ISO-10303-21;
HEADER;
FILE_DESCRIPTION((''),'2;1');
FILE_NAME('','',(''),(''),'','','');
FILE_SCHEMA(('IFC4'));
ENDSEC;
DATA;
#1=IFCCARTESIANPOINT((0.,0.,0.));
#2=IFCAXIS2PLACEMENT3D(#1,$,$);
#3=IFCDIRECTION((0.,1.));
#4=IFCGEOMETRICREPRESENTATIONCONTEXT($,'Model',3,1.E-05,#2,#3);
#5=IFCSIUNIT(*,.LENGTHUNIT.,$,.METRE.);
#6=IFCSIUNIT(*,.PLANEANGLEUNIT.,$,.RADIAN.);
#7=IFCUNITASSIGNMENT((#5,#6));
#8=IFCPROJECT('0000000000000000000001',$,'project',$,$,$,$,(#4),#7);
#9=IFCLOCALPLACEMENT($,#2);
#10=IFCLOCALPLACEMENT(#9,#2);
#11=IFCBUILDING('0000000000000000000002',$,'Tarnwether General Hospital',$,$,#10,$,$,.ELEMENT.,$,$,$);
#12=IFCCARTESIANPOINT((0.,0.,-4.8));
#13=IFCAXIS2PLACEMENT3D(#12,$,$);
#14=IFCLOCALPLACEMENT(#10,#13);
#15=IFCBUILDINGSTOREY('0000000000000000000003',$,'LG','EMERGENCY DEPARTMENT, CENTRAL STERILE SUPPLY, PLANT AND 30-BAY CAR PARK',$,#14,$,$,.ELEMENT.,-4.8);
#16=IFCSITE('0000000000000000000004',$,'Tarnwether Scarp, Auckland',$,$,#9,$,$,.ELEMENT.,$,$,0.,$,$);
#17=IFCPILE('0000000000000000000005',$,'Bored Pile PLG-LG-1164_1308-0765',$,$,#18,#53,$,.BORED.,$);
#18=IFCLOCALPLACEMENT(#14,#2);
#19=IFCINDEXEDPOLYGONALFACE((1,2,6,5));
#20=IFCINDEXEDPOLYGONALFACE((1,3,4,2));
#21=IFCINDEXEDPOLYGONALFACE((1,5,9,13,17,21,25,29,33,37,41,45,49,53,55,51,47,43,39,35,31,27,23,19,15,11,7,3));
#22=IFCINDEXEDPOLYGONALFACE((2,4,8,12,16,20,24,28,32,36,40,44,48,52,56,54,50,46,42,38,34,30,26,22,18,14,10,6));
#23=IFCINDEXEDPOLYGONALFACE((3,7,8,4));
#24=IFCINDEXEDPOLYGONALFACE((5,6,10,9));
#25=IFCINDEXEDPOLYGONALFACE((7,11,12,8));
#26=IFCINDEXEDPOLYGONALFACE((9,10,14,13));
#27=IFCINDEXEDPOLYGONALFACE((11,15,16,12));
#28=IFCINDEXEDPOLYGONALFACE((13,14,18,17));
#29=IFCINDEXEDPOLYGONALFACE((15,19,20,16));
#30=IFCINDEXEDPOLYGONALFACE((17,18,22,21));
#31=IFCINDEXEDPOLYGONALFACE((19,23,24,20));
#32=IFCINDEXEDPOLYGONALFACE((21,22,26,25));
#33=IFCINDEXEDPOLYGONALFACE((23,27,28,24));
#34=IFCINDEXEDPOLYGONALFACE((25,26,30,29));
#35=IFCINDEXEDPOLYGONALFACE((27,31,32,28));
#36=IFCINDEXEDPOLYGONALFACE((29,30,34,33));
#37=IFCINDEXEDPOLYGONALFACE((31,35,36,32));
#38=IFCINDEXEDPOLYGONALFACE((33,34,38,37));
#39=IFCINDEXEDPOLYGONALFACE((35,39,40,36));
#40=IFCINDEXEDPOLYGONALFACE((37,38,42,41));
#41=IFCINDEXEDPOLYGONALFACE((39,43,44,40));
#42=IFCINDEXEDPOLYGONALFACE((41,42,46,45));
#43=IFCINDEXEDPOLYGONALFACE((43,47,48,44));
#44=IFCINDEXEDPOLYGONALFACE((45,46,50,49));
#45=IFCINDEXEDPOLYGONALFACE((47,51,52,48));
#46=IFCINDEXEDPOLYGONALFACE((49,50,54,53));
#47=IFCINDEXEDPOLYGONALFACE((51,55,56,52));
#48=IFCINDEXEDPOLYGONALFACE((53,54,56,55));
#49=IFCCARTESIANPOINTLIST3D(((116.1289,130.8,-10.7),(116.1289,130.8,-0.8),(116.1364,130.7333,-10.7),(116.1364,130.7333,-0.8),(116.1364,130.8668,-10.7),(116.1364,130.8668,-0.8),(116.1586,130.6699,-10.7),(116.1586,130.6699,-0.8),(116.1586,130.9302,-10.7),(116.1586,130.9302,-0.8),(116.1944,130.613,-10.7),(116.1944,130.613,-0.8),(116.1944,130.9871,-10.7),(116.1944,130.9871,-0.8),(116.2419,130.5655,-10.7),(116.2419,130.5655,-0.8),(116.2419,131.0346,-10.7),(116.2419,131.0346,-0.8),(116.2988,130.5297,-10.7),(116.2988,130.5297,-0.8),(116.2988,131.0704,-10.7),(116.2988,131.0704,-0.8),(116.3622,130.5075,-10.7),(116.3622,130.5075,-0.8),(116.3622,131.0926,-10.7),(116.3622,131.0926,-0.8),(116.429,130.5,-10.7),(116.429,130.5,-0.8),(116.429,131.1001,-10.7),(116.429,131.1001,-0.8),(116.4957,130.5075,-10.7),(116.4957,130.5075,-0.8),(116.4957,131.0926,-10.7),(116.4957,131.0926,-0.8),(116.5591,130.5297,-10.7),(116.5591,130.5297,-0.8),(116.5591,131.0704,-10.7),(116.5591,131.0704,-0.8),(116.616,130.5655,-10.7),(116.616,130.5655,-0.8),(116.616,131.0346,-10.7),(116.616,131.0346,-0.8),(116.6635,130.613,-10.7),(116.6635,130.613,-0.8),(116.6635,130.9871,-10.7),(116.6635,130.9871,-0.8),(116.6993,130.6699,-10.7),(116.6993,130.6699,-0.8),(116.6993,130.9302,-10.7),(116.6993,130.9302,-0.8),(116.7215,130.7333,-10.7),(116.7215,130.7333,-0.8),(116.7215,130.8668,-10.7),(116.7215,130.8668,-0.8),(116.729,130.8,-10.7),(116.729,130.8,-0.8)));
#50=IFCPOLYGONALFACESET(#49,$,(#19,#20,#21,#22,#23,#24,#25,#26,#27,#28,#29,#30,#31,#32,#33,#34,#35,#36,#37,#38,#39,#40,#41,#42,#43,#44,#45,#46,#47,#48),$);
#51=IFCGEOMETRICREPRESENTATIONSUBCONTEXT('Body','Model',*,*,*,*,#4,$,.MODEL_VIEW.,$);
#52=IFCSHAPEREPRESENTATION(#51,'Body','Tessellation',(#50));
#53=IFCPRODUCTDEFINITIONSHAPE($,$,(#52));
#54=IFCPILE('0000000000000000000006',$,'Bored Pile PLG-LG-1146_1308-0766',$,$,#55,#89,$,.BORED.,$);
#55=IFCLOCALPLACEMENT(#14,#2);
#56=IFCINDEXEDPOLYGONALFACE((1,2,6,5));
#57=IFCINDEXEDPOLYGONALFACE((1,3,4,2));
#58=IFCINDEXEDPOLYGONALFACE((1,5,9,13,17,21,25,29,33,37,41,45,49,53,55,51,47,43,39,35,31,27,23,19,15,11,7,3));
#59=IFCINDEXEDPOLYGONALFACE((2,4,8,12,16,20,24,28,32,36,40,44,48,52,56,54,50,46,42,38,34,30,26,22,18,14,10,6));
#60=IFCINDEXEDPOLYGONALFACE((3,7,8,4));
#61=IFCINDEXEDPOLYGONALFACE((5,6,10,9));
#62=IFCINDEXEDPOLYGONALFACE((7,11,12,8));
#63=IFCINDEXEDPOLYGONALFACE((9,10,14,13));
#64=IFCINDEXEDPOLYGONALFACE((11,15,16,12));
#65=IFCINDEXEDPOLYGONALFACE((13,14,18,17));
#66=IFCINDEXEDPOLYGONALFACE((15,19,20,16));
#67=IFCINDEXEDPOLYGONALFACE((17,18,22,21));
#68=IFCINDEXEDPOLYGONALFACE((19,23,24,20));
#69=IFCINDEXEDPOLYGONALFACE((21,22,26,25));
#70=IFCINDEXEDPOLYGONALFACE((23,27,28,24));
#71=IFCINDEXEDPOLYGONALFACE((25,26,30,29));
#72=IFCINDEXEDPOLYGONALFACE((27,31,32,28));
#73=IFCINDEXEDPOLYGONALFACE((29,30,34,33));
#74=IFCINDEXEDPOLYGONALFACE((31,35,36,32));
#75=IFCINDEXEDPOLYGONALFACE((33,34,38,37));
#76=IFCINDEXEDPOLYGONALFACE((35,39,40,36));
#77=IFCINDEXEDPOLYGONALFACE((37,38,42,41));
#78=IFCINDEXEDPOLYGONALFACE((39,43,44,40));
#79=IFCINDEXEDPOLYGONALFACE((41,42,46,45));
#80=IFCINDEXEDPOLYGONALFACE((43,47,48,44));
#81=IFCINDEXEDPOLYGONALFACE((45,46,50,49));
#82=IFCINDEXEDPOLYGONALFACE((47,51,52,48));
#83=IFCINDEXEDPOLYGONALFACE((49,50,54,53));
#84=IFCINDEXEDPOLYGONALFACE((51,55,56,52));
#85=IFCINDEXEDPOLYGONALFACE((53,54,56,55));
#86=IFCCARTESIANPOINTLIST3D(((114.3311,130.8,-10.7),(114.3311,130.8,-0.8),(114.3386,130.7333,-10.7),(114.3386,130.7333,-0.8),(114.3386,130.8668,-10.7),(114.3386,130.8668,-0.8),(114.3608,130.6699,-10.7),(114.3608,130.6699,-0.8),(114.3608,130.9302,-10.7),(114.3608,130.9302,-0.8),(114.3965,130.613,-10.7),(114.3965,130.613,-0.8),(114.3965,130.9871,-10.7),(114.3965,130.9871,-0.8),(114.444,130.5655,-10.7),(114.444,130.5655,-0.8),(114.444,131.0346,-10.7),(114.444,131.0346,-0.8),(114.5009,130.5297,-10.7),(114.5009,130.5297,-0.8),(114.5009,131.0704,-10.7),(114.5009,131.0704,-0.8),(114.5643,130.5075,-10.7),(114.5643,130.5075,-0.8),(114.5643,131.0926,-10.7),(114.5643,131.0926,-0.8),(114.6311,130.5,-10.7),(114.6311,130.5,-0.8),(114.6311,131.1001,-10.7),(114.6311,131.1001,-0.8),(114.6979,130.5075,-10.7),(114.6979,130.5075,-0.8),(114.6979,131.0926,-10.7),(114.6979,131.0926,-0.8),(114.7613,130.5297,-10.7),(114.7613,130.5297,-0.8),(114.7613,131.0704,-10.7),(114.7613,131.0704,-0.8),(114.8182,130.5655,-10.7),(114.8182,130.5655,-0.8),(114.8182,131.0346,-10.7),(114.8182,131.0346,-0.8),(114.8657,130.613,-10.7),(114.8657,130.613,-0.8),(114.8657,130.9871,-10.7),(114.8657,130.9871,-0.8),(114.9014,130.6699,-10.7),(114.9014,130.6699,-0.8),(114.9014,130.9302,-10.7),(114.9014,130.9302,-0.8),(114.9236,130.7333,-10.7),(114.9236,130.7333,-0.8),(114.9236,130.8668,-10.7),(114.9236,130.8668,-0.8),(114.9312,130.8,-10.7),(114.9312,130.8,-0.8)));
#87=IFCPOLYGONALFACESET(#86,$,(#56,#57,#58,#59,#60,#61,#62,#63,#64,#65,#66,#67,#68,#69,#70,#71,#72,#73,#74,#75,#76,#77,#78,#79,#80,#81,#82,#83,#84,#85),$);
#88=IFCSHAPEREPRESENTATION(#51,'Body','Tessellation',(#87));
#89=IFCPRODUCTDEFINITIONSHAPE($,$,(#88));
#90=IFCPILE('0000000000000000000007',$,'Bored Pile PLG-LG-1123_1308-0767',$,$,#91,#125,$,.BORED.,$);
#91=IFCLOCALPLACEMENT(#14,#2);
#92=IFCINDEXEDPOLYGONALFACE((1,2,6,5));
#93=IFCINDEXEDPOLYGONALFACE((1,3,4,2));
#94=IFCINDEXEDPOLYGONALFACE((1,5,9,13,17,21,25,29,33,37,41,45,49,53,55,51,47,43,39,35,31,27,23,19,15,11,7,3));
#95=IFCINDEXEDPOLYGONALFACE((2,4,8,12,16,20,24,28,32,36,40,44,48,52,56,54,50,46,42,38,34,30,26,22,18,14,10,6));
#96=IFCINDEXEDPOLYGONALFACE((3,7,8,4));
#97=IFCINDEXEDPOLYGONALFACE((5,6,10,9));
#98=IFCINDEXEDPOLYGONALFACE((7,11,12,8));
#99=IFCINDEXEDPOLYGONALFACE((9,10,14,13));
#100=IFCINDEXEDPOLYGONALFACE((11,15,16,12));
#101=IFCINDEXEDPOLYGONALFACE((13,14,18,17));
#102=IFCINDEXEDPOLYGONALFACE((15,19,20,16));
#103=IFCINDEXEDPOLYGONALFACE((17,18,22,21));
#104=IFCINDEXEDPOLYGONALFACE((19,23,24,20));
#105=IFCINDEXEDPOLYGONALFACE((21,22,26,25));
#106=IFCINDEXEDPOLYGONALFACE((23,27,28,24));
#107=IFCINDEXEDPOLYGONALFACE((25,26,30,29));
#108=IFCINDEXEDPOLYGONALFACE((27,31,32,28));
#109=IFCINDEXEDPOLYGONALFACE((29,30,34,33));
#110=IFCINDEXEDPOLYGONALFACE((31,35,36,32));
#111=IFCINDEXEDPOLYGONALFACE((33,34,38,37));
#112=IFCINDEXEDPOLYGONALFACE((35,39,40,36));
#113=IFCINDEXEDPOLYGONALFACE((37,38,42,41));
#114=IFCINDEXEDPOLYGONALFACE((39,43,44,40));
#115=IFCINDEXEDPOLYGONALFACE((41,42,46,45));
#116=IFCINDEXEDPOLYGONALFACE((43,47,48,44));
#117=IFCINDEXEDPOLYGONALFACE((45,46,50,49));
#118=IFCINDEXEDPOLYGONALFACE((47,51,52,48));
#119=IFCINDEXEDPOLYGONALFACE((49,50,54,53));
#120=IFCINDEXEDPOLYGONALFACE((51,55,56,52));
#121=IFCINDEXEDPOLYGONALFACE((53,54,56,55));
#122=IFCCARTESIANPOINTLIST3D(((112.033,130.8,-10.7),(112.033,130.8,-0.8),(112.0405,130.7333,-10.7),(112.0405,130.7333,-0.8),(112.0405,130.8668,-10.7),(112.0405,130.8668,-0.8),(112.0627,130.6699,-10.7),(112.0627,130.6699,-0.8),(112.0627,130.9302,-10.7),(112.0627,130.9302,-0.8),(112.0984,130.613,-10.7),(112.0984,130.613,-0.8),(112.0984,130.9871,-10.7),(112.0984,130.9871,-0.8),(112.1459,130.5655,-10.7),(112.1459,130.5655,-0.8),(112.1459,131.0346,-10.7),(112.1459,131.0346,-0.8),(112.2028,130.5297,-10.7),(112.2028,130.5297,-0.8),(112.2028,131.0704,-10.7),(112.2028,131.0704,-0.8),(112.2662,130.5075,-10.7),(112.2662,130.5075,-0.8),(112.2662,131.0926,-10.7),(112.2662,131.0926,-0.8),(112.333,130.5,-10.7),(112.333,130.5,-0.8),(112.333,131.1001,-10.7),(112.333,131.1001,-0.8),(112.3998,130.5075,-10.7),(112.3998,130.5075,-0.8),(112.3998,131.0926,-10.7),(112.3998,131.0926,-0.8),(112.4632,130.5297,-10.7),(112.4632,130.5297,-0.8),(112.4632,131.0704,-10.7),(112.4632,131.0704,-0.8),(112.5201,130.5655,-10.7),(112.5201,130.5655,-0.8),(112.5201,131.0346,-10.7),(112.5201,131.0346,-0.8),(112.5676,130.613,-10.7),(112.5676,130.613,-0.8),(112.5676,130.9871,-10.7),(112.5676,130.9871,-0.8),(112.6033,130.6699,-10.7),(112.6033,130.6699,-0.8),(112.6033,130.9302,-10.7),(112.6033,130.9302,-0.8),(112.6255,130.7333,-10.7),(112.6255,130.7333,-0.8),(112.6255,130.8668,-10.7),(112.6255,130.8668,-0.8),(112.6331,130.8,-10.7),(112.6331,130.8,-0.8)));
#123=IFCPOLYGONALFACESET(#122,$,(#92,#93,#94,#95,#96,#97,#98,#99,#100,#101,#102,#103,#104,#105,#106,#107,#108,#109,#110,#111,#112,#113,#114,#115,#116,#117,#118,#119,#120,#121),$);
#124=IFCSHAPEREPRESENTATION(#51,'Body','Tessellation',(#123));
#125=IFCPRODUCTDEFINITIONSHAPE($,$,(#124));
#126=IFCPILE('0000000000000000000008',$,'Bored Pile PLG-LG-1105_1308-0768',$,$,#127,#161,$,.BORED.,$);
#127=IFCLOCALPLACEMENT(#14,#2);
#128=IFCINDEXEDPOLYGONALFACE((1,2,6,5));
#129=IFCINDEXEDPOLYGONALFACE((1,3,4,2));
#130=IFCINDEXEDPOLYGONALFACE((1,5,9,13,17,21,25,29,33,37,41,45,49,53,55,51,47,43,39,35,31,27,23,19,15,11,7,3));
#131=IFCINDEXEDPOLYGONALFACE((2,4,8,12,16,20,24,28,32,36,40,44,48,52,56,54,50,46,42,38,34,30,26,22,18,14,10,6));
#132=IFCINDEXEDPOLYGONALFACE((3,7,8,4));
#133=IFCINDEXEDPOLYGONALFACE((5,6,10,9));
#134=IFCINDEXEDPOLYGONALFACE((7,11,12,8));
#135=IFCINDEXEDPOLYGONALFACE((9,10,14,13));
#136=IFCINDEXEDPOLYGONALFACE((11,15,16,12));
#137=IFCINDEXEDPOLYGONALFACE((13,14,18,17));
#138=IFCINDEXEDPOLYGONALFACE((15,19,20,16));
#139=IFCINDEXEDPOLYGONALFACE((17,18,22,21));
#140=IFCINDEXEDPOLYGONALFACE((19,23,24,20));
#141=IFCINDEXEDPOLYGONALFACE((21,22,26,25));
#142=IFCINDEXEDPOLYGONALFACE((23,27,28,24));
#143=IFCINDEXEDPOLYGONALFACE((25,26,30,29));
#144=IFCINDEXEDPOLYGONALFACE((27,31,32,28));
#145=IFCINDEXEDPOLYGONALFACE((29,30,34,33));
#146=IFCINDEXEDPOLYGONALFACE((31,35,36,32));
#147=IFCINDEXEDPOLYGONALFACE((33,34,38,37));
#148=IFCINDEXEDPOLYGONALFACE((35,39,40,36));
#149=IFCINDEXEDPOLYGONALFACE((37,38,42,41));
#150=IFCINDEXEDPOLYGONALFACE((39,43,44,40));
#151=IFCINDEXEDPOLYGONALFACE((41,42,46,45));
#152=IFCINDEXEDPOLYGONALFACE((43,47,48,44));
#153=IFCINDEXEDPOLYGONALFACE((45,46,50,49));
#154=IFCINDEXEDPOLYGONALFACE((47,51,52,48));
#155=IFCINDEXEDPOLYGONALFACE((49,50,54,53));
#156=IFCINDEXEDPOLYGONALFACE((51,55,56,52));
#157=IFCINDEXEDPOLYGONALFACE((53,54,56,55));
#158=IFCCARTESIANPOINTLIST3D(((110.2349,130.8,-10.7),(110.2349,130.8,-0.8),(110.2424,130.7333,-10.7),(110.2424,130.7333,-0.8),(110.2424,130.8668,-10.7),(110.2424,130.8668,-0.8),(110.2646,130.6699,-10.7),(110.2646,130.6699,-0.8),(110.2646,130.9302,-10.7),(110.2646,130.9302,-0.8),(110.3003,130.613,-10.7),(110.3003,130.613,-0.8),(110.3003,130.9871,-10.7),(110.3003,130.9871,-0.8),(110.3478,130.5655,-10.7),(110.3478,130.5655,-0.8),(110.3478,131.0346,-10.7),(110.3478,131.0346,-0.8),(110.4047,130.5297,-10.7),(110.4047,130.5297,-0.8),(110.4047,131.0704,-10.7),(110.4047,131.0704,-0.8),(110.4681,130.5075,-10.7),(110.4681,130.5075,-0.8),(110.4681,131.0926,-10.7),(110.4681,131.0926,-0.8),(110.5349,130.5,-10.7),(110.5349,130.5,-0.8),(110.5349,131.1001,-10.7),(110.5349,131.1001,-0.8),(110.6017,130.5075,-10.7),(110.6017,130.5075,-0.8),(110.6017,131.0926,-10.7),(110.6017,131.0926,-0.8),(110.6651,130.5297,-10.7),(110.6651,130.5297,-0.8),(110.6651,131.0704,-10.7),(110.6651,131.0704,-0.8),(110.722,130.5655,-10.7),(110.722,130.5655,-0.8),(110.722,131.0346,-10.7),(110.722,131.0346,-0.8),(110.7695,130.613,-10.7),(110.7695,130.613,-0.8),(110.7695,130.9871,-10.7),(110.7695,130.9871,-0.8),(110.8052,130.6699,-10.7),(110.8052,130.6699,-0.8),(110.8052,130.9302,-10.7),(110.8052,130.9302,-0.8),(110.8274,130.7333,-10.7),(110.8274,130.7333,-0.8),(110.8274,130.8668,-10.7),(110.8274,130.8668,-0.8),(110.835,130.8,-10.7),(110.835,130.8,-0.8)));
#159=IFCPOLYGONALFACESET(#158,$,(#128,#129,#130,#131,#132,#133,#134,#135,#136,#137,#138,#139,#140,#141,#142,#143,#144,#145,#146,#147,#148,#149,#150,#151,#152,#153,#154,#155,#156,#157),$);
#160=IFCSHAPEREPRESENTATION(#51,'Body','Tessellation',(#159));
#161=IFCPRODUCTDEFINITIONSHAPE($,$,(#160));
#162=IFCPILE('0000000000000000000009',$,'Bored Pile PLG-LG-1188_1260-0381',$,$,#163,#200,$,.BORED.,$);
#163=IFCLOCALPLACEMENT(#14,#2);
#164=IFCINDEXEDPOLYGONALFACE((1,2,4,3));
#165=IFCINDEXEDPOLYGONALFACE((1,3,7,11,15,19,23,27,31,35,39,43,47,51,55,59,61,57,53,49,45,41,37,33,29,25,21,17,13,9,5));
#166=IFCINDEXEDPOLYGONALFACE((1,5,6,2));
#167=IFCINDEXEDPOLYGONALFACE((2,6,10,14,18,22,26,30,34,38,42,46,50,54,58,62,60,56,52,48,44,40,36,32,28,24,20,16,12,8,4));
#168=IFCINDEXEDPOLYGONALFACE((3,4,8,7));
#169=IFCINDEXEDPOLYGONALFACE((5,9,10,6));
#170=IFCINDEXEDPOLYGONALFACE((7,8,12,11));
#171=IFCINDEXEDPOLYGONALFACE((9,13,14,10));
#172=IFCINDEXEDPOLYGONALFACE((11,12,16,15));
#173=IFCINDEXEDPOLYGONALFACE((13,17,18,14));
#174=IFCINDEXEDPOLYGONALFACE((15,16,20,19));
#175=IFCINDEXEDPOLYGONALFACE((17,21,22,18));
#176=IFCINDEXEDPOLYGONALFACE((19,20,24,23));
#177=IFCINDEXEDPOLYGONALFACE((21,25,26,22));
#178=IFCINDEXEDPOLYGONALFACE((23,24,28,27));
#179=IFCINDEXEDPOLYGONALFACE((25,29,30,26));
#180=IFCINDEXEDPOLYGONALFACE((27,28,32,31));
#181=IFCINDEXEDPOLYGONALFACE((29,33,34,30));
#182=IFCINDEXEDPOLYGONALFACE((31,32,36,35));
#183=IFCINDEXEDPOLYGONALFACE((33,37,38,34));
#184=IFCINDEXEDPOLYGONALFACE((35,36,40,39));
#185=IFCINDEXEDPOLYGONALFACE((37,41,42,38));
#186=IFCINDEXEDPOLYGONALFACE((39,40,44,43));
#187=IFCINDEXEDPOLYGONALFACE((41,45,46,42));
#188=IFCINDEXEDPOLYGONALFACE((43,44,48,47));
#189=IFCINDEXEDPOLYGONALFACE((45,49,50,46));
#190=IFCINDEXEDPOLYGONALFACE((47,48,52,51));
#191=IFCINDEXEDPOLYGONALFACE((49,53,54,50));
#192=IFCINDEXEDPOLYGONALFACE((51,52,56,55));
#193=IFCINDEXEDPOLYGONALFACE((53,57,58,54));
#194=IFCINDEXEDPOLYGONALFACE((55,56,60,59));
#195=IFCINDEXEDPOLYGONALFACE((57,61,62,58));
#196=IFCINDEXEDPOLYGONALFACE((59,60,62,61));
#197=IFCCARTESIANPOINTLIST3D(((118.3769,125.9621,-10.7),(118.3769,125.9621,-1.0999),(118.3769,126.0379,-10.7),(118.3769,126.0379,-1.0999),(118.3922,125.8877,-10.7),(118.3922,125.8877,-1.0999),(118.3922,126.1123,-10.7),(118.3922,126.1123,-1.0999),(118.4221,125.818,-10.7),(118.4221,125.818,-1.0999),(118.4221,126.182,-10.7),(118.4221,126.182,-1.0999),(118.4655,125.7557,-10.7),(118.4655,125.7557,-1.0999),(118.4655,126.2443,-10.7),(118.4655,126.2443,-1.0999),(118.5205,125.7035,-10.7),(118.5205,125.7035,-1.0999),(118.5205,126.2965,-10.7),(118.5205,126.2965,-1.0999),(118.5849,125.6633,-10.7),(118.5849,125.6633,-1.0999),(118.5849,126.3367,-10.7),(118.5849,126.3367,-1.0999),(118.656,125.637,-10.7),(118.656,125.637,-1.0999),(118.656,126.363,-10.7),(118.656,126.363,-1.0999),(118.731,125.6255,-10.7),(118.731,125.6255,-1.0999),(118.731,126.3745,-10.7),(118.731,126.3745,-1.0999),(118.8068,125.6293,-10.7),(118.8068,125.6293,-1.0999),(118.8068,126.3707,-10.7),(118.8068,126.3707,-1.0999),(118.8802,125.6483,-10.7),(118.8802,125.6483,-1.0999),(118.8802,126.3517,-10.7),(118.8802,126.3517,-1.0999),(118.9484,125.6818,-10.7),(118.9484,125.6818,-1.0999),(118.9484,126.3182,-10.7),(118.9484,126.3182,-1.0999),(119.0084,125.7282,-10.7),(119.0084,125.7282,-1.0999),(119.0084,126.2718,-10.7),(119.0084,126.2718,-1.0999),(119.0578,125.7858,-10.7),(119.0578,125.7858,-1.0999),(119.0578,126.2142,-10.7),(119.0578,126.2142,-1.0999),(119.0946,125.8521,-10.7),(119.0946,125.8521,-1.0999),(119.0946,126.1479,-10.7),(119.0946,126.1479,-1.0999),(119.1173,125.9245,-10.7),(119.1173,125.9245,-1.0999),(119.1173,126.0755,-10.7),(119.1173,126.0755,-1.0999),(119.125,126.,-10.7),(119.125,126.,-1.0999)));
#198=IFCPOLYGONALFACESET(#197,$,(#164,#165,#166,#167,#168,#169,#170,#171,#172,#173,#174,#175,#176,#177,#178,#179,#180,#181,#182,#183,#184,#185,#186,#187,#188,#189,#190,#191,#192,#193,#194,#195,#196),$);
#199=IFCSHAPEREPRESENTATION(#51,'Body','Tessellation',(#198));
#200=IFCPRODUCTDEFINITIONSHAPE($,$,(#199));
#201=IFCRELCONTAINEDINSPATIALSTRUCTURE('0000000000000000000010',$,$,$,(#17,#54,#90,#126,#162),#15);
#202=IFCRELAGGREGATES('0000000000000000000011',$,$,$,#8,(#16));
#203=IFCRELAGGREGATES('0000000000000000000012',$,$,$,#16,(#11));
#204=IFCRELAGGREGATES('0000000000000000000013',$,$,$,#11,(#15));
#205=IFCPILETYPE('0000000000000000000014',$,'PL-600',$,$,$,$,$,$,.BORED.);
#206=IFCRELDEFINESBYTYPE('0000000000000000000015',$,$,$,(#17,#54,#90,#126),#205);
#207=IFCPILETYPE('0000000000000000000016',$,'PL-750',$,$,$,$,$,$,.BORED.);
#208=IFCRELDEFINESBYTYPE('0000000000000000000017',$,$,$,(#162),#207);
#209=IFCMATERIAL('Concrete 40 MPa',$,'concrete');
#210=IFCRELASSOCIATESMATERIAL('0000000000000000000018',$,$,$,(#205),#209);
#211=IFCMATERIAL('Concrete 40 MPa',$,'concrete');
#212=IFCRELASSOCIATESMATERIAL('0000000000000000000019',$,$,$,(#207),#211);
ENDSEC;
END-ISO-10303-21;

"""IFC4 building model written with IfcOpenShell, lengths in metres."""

from ifc_helpers import new_model, si_unit, direction, frame, origin, origin_2d, place, context, subcontext, project, spatial, circle, extrude, material, material_profile, profile_set, type_object, element, save


model = new_model("IFC4")

# Units and contexts
model_context = context("Model", 3, precision=1e-05, world=origin(), true_north=direction((0.0, 1.0)))
body_context = subcontext(model_context, "Body", "Model", "MODEL_VIEW")
ifc_project = project(units=[si_unit("LENGTHUNIT", "METRE"), si_unit("PLANEANGLEUNIT", "RADIAN")], contexts=[model_context])

# Site, building, storey
site_placement = place(None, origin())
site = spatial("IfcSite", under=ifc_project, at=site_placement, Name="Tarnwether Scarp, Auckland", CompositionType="ELEMENT", RefElevation=0.0)
building_placement = place(site_placement, origin())
building = spatial("IfcBuilding", under=site, at=building_placement, Name="Tarnwether General Hospital", CompositionType="ELEMENT")
storey_placement = place(building_placement, frame((0.0, 0.0, -4.8)))
storey = spatial("IfcBuildingStorey", under=building, at=storey_placement, Name="LG", Description="EMERGENCY DEPARTMENT, CENTRAL STERILE SUPPLY, PLANT AND 30-BAY CAR PARK", CompositionType="ELEMENT", Elevation=-4.8)

# Piles
ifc_material_1 = material(Name="Concrete 40 MPa", Category="concrete")
ifc_material_profile_1 = material_profile(ifc_material_1, circle(Radius=0.3, at=origin_2d()), Name="PILE-D600")
ifc_profile_set_1 = profile_set([ifc_material_profile_1], Name="Concrete 40 MPa")
pile_type_1 = type_object("IfcPileType", Name="PL-600", PredefinedType="BORED", material=ifc_profile_set_1)
for number, where, z_axis, x_axis, name in (
    (1, (116.429, 130.8, -0.8), (0.0, 0.0, -1.0), (1.0, 0.0, 0.0), "Bored Pile PLG-LG-1164_1308-0765"),
    (2, (114.6311, 130.8, -0.8), (0.0, 0.0, -1.0), (1.0, 0.0, 0.0), "Bored Pile PLG-LG-1146_1308-0766"),
    (3, (112.333, 130.8, -0.8), (0.0, 0.0, -1.0), (1.0, 0.0, 0.0), "Bored Pile PLG-LG-1123_1308-0767"),
    (4, (110.5349, 130.8, -0.8), (0.0, 0.0, -1.0), (1.0, 0.0, 0.0), "Bored Pile PLG-LG-1105_1308-0768"),
):
    element("IfcPile", number, at=place(storey_placement, frame(where, z_axis=z_axis, x_axis=x_axis)), inside=storey, type_object=pile_type_1, Name=name, PredefinedType="BORED", context=body_context, shape_type="SweptSolid", body=[
        extrude(circle(Radius=0.3, at=origin_2d()), origin(), (0.0, 0.0, 1.0), 9.8999),
    ])
ifc_material_2 = material(Name="Concrete 40 MPa", Category="concrete")
ifc_material_profile_2 = material_profile(ifc_material_2, circle(Radius=0.375, at=origin_2d()), Name="PILE-D750")
ifc_profile_set_2 = profile_set([ifc_material_profile_2], Name="Concrete 40 MPa")
pile_type_2 = type_object("IfcPileType", Name="PL-750", PredefinedType="BORED", material=ifc_profile_set_2)
for number, where, z_axis, x_axis, name in (
    (5, (118.75, 126.0, -1.0999), (0.0, 0.0, -1.0), (1.0, 0.0, 0.0), "Bored Pile PLG-LG-1188_1260-0381"),
):
    element("IfcPile", number, at=place(storey_placement, frame(where, z_axis=z_axis, x_axis=x_axis)), inside=storey, type_object=pile_type_2, Name=name, PredefinedType="BORED", context=body_context, shape_type="SweptSolid", body=[
        extrude(circle(Radius=0.375, at=origin_2d()), origin(), (0.0, 0.0, 1.0), 9.6001),
    ])

save(model, "model.ifc")
